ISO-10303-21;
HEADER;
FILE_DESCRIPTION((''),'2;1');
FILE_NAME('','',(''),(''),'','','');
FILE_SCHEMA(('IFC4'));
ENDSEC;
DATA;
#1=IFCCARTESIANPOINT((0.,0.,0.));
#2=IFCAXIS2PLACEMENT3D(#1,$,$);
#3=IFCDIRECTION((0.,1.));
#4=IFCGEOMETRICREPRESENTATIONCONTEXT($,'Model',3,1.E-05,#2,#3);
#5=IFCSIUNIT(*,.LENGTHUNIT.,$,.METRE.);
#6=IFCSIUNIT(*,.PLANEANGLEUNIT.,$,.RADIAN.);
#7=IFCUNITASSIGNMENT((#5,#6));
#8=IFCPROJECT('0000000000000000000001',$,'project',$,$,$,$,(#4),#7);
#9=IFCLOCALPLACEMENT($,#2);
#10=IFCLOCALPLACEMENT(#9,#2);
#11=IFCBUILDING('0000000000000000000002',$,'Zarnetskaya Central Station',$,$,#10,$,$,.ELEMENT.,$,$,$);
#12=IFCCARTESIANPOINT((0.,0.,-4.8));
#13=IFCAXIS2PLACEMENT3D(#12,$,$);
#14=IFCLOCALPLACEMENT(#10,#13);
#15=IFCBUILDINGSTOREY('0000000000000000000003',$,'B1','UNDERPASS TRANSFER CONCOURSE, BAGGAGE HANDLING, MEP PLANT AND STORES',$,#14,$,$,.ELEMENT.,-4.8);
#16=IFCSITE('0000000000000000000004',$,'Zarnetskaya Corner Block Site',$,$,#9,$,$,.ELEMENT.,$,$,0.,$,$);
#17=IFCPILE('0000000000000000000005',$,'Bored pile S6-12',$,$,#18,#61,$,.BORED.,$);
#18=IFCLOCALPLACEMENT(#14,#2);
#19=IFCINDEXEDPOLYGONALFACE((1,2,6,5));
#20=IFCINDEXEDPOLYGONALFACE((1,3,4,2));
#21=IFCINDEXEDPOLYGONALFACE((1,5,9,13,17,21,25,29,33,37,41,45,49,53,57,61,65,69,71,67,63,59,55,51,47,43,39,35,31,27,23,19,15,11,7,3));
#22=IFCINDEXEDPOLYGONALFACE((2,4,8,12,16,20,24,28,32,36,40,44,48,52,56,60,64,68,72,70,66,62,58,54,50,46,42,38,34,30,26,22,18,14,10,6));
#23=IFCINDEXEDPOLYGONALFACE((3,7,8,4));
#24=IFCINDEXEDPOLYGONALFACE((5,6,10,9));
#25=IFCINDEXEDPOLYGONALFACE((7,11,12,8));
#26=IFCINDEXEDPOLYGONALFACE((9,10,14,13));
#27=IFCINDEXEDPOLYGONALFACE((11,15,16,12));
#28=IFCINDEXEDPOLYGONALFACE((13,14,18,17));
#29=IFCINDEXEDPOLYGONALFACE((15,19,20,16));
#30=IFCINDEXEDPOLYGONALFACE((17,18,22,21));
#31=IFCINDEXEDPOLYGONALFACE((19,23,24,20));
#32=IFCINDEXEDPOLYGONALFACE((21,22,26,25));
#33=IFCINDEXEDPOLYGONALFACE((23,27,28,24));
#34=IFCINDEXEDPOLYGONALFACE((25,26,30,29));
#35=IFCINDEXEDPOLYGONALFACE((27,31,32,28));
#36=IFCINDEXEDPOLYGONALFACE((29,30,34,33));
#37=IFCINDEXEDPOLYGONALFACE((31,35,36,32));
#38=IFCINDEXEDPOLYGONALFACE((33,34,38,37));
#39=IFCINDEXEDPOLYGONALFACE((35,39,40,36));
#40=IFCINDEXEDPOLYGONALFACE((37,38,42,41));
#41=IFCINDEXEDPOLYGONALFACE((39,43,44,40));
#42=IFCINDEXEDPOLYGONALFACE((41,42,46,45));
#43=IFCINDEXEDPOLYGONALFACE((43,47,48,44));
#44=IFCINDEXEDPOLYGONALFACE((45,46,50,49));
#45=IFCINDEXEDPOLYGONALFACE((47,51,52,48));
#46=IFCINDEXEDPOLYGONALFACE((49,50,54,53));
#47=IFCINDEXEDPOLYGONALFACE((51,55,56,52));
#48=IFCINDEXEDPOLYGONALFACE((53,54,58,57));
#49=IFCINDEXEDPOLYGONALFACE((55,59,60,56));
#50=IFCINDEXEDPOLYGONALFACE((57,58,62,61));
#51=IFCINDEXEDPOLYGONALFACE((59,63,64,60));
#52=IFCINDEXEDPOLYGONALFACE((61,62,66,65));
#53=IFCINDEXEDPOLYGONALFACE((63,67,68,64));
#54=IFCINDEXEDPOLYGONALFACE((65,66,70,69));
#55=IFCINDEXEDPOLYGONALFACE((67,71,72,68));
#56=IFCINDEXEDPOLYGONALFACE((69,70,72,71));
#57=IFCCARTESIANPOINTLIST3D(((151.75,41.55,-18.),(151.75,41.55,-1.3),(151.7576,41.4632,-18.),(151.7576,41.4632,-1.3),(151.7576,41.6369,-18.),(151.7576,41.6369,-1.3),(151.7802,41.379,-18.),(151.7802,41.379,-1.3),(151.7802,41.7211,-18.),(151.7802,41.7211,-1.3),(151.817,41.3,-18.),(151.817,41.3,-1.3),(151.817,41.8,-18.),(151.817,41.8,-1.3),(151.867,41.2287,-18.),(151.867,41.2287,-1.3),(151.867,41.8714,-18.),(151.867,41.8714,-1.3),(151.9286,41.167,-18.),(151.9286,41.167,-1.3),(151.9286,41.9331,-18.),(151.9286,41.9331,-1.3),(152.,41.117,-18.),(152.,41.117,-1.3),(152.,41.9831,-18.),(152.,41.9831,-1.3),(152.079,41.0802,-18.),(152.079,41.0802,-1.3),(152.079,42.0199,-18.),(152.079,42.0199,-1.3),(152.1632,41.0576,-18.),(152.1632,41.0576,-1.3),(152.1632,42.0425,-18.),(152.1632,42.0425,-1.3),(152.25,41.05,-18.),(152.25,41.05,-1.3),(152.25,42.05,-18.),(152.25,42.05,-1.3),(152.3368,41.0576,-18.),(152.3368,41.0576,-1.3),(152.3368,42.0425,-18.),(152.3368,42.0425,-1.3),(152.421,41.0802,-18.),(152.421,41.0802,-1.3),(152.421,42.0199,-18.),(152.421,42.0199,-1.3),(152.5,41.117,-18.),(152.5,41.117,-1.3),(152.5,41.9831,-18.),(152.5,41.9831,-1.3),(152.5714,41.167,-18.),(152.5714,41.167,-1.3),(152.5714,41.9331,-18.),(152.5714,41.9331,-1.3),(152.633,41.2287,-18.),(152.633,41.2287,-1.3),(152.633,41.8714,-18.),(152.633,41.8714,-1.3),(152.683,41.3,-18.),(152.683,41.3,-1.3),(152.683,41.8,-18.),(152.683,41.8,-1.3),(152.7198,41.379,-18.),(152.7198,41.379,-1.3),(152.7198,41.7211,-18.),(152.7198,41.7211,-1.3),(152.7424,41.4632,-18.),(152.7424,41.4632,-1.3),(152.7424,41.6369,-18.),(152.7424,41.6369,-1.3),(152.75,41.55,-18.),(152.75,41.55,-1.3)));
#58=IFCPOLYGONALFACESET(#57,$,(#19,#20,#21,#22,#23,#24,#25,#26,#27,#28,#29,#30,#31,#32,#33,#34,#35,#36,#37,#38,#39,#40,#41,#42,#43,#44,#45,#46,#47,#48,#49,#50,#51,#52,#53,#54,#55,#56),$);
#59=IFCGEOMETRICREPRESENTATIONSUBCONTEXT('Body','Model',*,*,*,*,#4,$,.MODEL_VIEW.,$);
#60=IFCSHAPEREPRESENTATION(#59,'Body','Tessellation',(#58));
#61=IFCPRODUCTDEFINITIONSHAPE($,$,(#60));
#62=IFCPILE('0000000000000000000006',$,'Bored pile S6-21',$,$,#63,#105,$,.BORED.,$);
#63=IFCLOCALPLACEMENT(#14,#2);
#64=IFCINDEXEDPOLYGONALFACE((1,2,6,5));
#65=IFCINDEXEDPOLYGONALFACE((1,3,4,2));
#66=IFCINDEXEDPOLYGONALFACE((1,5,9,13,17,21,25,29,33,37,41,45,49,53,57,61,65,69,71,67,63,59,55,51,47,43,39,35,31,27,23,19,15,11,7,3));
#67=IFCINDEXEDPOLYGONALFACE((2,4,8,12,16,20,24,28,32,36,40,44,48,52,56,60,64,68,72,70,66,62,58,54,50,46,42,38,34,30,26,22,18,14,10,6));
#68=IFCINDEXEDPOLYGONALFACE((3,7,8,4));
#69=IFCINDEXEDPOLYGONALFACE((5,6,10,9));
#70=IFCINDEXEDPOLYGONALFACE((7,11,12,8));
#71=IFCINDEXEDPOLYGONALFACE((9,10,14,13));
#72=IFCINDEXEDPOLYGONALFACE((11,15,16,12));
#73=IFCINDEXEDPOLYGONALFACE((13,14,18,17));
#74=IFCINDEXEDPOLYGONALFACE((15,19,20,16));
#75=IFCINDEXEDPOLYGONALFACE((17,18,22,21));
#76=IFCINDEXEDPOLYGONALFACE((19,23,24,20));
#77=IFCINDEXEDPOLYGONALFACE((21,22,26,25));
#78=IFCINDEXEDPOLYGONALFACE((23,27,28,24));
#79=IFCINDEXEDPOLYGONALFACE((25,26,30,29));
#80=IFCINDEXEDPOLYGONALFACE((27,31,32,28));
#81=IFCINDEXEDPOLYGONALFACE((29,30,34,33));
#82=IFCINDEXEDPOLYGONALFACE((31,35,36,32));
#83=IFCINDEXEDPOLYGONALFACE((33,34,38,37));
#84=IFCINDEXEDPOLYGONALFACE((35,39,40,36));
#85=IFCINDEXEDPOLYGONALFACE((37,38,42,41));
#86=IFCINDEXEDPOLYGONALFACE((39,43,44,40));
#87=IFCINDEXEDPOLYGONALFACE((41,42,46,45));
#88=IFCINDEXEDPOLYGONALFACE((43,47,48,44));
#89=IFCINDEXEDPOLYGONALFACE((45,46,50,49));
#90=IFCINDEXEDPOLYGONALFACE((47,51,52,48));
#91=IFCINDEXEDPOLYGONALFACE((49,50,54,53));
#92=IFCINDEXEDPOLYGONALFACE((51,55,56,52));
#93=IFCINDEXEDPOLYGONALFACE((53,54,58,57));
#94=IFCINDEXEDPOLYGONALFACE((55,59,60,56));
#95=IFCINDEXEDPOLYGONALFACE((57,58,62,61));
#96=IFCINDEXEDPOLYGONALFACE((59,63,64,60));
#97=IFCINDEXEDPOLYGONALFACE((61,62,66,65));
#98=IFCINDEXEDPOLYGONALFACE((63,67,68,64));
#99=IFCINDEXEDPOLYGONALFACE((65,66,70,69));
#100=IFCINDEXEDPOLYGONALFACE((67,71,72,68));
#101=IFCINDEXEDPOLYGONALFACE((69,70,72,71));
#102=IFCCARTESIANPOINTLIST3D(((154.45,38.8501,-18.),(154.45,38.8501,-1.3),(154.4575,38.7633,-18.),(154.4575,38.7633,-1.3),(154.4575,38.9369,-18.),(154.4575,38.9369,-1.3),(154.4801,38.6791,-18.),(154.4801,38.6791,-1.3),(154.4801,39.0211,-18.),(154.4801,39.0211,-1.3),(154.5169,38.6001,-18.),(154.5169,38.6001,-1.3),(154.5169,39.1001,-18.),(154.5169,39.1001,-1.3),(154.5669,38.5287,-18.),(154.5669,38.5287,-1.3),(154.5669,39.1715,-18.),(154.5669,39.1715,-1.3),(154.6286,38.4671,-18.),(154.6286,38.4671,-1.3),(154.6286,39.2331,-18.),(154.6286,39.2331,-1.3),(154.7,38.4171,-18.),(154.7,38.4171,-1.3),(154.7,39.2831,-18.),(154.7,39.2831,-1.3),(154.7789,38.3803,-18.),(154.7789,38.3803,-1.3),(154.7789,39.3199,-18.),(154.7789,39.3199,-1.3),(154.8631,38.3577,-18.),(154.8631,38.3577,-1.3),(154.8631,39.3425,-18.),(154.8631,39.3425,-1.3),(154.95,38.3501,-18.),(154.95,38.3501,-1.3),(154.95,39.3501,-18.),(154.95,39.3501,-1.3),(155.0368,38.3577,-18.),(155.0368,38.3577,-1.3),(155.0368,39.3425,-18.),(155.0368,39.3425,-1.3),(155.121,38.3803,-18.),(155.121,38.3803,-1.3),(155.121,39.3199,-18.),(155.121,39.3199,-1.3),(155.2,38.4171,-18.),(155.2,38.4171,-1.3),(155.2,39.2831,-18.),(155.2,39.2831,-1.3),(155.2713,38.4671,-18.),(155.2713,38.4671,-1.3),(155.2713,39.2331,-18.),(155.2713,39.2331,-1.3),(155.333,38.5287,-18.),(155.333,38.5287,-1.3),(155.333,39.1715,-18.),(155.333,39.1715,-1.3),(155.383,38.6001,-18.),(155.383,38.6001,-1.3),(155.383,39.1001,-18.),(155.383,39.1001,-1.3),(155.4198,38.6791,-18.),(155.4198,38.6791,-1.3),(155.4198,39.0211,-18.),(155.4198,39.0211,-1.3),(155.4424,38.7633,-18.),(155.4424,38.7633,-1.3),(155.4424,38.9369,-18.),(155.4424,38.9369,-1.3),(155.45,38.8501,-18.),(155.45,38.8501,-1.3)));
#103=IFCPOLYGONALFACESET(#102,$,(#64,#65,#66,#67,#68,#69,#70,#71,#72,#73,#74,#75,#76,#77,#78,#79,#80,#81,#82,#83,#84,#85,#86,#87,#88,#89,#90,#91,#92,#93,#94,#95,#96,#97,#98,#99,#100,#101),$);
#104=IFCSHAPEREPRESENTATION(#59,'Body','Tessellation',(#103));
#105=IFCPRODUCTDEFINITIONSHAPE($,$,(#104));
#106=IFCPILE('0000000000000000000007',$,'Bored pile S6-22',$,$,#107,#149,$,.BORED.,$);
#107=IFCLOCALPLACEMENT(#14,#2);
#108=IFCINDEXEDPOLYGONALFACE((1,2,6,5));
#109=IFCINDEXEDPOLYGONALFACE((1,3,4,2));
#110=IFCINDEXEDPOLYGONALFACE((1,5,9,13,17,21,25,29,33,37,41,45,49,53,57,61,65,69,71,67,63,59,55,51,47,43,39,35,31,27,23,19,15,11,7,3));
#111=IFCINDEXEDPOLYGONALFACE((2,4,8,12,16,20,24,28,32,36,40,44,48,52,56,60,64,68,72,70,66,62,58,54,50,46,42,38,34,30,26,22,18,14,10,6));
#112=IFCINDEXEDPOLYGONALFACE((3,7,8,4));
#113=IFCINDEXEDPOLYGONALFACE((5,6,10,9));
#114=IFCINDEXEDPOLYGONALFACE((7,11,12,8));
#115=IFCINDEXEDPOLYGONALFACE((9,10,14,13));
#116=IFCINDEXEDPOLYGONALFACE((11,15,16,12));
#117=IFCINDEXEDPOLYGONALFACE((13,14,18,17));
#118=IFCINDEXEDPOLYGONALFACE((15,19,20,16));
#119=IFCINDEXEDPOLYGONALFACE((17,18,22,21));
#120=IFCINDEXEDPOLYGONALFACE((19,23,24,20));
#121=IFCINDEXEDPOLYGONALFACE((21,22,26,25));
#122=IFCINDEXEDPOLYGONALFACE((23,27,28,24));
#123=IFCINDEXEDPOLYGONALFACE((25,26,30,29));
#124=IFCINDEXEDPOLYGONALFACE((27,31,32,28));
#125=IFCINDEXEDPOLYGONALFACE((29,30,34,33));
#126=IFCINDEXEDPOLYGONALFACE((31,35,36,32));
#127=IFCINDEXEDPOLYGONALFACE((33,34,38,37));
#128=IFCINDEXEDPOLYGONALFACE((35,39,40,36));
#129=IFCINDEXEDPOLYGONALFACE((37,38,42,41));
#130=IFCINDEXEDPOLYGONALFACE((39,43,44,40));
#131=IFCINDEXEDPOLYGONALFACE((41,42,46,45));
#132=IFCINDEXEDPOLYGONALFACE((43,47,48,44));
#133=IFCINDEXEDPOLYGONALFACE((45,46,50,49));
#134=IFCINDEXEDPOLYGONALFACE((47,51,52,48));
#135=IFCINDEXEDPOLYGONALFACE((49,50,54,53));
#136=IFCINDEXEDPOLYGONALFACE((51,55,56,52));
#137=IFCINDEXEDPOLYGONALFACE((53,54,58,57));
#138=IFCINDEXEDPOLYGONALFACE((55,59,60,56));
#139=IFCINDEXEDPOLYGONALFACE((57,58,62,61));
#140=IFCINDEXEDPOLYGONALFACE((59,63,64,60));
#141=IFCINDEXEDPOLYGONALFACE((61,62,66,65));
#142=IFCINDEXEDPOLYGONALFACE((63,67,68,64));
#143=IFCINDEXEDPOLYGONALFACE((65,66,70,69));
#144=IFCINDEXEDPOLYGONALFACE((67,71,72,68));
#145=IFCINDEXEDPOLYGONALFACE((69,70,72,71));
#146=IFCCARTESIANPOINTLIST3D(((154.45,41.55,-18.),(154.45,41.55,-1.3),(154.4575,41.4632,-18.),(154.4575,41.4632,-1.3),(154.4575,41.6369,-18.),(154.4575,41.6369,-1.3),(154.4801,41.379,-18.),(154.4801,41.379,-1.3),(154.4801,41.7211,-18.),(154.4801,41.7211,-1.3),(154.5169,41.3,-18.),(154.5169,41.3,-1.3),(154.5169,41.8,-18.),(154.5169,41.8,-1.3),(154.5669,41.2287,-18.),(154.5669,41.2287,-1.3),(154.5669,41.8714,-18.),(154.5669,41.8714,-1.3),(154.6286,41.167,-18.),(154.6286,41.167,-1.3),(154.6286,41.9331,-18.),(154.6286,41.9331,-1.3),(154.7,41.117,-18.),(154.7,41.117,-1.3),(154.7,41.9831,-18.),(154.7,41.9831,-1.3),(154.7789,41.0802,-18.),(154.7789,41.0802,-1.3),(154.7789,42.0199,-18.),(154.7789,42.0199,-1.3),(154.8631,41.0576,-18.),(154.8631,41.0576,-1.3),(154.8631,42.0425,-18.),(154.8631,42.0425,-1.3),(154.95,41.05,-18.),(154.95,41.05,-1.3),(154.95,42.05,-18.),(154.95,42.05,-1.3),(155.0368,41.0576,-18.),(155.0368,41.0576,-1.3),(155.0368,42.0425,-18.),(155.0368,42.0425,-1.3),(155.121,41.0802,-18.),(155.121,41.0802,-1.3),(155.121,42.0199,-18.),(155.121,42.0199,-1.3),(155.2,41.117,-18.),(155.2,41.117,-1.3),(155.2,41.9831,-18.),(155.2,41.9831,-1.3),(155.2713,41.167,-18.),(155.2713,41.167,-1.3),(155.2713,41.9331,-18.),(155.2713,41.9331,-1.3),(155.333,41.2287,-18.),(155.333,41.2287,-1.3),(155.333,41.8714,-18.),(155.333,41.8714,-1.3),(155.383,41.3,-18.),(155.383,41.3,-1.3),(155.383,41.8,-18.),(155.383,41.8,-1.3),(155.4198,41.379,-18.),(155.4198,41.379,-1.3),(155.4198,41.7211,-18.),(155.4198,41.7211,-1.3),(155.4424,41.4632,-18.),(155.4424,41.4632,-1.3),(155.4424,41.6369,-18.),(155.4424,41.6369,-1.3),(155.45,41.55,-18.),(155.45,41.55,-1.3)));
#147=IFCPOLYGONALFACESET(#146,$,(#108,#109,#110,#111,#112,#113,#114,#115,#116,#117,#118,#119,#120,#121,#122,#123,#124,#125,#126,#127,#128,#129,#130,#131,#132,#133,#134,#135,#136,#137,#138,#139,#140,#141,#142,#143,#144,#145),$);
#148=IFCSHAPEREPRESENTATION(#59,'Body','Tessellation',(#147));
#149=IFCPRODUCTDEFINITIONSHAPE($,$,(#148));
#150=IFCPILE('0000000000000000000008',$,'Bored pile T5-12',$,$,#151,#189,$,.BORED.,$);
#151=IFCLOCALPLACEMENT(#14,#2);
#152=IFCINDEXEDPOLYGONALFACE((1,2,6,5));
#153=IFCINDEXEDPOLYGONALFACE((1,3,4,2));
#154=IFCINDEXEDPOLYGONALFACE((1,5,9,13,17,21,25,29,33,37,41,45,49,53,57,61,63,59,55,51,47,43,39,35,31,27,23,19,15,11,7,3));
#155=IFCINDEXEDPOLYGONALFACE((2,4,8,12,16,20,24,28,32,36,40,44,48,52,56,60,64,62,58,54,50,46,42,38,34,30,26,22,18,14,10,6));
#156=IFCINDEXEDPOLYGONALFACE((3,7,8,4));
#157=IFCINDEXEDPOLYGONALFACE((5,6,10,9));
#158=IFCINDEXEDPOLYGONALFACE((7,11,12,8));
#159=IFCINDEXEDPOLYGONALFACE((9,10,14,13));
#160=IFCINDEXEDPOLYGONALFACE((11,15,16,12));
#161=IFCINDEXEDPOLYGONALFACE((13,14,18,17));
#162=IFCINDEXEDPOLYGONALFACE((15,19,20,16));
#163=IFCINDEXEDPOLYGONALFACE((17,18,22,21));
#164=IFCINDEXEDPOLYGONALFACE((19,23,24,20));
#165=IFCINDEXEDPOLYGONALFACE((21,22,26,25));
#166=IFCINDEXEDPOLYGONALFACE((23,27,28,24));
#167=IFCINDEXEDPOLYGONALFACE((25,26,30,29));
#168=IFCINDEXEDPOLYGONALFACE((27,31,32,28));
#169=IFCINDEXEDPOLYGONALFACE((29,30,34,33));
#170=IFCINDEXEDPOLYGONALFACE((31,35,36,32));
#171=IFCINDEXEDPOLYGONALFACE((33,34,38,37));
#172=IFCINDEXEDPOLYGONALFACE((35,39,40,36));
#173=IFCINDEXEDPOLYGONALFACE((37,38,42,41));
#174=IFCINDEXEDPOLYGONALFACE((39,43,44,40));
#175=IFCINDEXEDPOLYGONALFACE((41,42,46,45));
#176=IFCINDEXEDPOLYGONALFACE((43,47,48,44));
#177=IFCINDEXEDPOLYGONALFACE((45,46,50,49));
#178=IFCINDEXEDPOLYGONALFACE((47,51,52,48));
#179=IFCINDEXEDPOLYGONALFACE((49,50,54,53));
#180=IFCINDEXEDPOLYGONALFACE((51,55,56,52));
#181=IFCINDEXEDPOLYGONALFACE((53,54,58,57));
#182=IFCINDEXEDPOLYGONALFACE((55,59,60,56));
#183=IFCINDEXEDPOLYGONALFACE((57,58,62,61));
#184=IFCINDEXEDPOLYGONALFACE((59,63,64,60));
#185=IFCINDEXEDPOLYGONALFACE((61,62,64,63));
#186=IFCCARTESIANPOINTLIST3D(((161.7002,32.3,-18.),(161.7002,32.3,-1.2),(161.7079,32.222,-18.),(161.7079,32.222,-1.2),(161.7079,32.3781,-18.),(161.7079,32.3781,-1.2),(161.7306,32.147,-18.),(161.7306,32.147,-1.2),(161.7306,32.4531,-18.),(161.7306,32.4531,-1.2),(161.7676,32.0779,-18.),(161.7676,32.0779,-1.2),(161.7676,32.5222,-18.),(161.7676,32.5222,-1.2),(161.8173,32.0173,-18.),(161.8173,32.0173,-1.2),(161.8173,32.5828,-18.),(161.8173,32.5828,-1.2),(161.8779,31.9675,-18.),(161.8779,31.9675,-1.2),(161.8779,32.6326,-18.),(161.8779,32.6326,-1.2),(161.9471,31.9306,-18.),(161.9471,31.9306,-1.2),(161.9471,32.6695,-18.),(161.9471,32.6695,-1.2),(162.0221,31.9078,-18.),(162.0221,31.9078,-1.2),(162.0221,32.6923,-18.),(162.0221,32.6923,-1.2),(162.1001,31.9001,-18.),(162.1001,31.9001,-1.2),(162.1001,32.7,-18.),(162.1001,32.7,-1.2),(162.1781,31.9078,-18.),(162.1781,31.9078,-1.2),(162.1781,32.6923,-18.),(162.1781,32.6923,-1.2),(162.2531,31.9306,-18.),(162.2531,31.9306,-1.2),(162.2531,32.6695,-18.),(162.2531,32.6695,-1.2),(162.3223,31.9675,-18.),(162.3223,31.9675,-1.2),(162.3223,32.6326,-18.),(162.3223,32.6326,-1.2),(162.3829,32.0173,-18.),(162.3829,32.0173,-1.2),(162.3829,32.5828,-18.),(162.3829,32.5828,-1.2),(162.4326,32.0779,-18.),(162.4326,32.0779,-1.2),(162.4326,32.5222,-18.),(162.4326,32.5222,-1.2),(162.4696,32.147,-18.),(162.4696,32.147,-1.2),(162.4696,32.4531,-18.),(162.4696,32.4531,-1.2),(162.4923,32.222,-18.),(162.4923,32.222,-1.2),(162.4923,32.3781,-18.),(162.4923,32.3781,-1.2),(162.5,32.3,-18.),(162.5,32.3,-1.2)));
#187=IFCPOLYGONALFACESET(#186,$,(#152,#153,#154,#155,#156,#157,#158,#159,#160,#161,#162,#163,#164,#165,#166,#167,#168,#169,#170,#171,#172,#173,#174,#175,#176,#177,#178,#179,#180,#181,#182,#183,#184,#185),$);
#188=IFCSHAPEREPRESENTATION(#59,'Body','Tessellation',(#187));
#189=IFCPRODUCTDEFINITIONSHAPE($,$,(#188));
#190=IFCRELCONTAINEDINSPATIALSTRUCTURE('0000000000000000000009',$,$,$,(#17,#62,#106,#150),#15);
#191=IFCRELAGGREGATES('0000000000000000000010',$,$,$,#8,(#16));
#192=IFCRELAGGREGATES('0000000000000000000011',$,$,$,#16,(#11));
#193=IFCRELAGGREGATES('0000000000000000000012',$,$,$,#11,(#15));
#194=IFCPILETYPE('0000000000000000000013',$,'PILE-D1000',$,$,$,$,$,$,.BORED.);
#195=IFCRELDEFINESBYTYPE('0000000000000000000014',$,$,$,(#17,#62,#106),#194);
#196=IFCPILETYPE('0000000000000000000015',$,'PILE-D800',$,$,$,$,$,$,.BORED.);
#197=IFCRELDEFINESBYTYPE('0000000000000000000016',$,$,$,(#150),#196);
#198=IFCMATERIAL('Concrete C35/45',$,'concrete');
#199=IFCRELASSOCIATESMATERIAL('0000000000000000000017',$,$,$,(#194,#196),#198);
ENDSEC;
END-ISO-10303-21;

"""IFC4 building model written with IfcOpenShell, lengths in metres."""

from ifc_helpers import new_model, si_unit, direction, frame, origin, origin_2d, place, context, subcontext, project, spatial, circle, extrude, material, material_profile, profile_set, type_object, element, save


model = new_model("IFC4")

# Units and contexts
model_context = context("Model", 3, precision=1e-05, world=origin(), true_north=direction((0.0, 1.0)))
body_context = subcontext(model_context, "Body", "Model", "MODEL_VIEW")
ifc_project = project(units=[si_unit("LENGTHUNIT", "METRE"), si_unit("PLANEANGLEUNIT", "RADIAN")], contexts=[model_context])

# Site, building, storey
site_placement = place(None, origin())
site = spatial("IfcSite", under=ifc_project, at=site_placement, Name="Zarnetskaya Corner Block Site", CompositionType="ELEMENT", RefElevation=0.0)
building_placement = place(site_placement, origin())
building = spatial("IfcBuilding", under=site, at=building_placement, Name="Zarnetskaya Central Station", CompositionType="ELEMENT")
storey_placement = place(building_placement, frame((0.0, 0.0, -4.8)))
storey = spatial("IfcBuildingStorey", under=building, at=storey_placement, Name="B1", Description="UNDERPASS TRANSFER CONCOURSE, BAGGAGE HANDLING, MEP PLANT AND STORES", CompositionType="ELEMENT", Elevation=-4.8)

# Shared definitions
ifc_material = material(Name="Concrete C35/45", Category="concrete")

# Piles
ifc_material_profile_1 = material_profile(ifc_material, circle(Radius=0.5, at=origin_2d()), Name="BORED PILE D1000")
ifc_profile_set_1 = profile_set([ifc_material_profile_1], Name="Concrete C35/45")
pile_type_1 = type_object("IfcPileType", Name="PILE-D1000", PredefinedType="BORED", material=ifc_profile_set_1)
for number, where, z_axis, x_axis, name in (
    (1, (152.25, 41.55, -1.3), (0.0, 0.0, -1.0), (1.0, 0.0, 0.0), "Bored pile S6-12"),
    (2, (154.95, 38.8501, -1.3), (0.0, 0.0, -1.0), (1.0, 0.0, 0.0), "Bored pile S6-21"),
    (3, (154.95, 41.55, -1.3), (0.0, 0.0, -1.0), (1.0, 0.0, 0.0), "Bored pile S6-22"),
):
    element("IfcPile", number, at=place(storey_placement, frame(where, z_axis=z_axis, x_axis=x_axis)), inside=storey, type_object=pile_type_1, Name=name, PredefinedType="BORED", context=body_context, shape_type="SweptSolid", body=[
        extrude(circle(Radius=0.5, at=origin_2d()), origin(), (0.0, 0.0, 1.0), 16.7),
    ])
ifc_material_profile_2 = material_profile(ifc_material, circle(Radius=0.3999, at=origin_2d()), Name="BORED PILE D800")
ifc_profile_set_2 = profile_set([ifc_material_profile_2], Name="Concrete C35/45")
pile_type_2 = type_object("IfcPileType", Name="PILE-D800", PredefinedType="BORED", material=ifc_profile_set_2)
for number, where, z_axis, x_axis, name in (
    (4, (162.1001, 32.3, -1.2), (0.0, 0.0, -1.0), (1.0, 0.0, 0.0), "Bored pile T5-12"),
):
    element("IfcPile", number, at=place(storey_placement, frame(where, z_axis=z_axis, x_axis=x_axis)), inside=storey, type_object=pile_type_2, Name=name, PredefinedType="BORED", context=body_context, shape_type="SweptSolid", body=[
        extrude(circle(Radius=0.3999, at=origin_2d()), origin(), (0.0, 0.0, 1.0), 16.8),
    ])

save(model, "model.ifc")
